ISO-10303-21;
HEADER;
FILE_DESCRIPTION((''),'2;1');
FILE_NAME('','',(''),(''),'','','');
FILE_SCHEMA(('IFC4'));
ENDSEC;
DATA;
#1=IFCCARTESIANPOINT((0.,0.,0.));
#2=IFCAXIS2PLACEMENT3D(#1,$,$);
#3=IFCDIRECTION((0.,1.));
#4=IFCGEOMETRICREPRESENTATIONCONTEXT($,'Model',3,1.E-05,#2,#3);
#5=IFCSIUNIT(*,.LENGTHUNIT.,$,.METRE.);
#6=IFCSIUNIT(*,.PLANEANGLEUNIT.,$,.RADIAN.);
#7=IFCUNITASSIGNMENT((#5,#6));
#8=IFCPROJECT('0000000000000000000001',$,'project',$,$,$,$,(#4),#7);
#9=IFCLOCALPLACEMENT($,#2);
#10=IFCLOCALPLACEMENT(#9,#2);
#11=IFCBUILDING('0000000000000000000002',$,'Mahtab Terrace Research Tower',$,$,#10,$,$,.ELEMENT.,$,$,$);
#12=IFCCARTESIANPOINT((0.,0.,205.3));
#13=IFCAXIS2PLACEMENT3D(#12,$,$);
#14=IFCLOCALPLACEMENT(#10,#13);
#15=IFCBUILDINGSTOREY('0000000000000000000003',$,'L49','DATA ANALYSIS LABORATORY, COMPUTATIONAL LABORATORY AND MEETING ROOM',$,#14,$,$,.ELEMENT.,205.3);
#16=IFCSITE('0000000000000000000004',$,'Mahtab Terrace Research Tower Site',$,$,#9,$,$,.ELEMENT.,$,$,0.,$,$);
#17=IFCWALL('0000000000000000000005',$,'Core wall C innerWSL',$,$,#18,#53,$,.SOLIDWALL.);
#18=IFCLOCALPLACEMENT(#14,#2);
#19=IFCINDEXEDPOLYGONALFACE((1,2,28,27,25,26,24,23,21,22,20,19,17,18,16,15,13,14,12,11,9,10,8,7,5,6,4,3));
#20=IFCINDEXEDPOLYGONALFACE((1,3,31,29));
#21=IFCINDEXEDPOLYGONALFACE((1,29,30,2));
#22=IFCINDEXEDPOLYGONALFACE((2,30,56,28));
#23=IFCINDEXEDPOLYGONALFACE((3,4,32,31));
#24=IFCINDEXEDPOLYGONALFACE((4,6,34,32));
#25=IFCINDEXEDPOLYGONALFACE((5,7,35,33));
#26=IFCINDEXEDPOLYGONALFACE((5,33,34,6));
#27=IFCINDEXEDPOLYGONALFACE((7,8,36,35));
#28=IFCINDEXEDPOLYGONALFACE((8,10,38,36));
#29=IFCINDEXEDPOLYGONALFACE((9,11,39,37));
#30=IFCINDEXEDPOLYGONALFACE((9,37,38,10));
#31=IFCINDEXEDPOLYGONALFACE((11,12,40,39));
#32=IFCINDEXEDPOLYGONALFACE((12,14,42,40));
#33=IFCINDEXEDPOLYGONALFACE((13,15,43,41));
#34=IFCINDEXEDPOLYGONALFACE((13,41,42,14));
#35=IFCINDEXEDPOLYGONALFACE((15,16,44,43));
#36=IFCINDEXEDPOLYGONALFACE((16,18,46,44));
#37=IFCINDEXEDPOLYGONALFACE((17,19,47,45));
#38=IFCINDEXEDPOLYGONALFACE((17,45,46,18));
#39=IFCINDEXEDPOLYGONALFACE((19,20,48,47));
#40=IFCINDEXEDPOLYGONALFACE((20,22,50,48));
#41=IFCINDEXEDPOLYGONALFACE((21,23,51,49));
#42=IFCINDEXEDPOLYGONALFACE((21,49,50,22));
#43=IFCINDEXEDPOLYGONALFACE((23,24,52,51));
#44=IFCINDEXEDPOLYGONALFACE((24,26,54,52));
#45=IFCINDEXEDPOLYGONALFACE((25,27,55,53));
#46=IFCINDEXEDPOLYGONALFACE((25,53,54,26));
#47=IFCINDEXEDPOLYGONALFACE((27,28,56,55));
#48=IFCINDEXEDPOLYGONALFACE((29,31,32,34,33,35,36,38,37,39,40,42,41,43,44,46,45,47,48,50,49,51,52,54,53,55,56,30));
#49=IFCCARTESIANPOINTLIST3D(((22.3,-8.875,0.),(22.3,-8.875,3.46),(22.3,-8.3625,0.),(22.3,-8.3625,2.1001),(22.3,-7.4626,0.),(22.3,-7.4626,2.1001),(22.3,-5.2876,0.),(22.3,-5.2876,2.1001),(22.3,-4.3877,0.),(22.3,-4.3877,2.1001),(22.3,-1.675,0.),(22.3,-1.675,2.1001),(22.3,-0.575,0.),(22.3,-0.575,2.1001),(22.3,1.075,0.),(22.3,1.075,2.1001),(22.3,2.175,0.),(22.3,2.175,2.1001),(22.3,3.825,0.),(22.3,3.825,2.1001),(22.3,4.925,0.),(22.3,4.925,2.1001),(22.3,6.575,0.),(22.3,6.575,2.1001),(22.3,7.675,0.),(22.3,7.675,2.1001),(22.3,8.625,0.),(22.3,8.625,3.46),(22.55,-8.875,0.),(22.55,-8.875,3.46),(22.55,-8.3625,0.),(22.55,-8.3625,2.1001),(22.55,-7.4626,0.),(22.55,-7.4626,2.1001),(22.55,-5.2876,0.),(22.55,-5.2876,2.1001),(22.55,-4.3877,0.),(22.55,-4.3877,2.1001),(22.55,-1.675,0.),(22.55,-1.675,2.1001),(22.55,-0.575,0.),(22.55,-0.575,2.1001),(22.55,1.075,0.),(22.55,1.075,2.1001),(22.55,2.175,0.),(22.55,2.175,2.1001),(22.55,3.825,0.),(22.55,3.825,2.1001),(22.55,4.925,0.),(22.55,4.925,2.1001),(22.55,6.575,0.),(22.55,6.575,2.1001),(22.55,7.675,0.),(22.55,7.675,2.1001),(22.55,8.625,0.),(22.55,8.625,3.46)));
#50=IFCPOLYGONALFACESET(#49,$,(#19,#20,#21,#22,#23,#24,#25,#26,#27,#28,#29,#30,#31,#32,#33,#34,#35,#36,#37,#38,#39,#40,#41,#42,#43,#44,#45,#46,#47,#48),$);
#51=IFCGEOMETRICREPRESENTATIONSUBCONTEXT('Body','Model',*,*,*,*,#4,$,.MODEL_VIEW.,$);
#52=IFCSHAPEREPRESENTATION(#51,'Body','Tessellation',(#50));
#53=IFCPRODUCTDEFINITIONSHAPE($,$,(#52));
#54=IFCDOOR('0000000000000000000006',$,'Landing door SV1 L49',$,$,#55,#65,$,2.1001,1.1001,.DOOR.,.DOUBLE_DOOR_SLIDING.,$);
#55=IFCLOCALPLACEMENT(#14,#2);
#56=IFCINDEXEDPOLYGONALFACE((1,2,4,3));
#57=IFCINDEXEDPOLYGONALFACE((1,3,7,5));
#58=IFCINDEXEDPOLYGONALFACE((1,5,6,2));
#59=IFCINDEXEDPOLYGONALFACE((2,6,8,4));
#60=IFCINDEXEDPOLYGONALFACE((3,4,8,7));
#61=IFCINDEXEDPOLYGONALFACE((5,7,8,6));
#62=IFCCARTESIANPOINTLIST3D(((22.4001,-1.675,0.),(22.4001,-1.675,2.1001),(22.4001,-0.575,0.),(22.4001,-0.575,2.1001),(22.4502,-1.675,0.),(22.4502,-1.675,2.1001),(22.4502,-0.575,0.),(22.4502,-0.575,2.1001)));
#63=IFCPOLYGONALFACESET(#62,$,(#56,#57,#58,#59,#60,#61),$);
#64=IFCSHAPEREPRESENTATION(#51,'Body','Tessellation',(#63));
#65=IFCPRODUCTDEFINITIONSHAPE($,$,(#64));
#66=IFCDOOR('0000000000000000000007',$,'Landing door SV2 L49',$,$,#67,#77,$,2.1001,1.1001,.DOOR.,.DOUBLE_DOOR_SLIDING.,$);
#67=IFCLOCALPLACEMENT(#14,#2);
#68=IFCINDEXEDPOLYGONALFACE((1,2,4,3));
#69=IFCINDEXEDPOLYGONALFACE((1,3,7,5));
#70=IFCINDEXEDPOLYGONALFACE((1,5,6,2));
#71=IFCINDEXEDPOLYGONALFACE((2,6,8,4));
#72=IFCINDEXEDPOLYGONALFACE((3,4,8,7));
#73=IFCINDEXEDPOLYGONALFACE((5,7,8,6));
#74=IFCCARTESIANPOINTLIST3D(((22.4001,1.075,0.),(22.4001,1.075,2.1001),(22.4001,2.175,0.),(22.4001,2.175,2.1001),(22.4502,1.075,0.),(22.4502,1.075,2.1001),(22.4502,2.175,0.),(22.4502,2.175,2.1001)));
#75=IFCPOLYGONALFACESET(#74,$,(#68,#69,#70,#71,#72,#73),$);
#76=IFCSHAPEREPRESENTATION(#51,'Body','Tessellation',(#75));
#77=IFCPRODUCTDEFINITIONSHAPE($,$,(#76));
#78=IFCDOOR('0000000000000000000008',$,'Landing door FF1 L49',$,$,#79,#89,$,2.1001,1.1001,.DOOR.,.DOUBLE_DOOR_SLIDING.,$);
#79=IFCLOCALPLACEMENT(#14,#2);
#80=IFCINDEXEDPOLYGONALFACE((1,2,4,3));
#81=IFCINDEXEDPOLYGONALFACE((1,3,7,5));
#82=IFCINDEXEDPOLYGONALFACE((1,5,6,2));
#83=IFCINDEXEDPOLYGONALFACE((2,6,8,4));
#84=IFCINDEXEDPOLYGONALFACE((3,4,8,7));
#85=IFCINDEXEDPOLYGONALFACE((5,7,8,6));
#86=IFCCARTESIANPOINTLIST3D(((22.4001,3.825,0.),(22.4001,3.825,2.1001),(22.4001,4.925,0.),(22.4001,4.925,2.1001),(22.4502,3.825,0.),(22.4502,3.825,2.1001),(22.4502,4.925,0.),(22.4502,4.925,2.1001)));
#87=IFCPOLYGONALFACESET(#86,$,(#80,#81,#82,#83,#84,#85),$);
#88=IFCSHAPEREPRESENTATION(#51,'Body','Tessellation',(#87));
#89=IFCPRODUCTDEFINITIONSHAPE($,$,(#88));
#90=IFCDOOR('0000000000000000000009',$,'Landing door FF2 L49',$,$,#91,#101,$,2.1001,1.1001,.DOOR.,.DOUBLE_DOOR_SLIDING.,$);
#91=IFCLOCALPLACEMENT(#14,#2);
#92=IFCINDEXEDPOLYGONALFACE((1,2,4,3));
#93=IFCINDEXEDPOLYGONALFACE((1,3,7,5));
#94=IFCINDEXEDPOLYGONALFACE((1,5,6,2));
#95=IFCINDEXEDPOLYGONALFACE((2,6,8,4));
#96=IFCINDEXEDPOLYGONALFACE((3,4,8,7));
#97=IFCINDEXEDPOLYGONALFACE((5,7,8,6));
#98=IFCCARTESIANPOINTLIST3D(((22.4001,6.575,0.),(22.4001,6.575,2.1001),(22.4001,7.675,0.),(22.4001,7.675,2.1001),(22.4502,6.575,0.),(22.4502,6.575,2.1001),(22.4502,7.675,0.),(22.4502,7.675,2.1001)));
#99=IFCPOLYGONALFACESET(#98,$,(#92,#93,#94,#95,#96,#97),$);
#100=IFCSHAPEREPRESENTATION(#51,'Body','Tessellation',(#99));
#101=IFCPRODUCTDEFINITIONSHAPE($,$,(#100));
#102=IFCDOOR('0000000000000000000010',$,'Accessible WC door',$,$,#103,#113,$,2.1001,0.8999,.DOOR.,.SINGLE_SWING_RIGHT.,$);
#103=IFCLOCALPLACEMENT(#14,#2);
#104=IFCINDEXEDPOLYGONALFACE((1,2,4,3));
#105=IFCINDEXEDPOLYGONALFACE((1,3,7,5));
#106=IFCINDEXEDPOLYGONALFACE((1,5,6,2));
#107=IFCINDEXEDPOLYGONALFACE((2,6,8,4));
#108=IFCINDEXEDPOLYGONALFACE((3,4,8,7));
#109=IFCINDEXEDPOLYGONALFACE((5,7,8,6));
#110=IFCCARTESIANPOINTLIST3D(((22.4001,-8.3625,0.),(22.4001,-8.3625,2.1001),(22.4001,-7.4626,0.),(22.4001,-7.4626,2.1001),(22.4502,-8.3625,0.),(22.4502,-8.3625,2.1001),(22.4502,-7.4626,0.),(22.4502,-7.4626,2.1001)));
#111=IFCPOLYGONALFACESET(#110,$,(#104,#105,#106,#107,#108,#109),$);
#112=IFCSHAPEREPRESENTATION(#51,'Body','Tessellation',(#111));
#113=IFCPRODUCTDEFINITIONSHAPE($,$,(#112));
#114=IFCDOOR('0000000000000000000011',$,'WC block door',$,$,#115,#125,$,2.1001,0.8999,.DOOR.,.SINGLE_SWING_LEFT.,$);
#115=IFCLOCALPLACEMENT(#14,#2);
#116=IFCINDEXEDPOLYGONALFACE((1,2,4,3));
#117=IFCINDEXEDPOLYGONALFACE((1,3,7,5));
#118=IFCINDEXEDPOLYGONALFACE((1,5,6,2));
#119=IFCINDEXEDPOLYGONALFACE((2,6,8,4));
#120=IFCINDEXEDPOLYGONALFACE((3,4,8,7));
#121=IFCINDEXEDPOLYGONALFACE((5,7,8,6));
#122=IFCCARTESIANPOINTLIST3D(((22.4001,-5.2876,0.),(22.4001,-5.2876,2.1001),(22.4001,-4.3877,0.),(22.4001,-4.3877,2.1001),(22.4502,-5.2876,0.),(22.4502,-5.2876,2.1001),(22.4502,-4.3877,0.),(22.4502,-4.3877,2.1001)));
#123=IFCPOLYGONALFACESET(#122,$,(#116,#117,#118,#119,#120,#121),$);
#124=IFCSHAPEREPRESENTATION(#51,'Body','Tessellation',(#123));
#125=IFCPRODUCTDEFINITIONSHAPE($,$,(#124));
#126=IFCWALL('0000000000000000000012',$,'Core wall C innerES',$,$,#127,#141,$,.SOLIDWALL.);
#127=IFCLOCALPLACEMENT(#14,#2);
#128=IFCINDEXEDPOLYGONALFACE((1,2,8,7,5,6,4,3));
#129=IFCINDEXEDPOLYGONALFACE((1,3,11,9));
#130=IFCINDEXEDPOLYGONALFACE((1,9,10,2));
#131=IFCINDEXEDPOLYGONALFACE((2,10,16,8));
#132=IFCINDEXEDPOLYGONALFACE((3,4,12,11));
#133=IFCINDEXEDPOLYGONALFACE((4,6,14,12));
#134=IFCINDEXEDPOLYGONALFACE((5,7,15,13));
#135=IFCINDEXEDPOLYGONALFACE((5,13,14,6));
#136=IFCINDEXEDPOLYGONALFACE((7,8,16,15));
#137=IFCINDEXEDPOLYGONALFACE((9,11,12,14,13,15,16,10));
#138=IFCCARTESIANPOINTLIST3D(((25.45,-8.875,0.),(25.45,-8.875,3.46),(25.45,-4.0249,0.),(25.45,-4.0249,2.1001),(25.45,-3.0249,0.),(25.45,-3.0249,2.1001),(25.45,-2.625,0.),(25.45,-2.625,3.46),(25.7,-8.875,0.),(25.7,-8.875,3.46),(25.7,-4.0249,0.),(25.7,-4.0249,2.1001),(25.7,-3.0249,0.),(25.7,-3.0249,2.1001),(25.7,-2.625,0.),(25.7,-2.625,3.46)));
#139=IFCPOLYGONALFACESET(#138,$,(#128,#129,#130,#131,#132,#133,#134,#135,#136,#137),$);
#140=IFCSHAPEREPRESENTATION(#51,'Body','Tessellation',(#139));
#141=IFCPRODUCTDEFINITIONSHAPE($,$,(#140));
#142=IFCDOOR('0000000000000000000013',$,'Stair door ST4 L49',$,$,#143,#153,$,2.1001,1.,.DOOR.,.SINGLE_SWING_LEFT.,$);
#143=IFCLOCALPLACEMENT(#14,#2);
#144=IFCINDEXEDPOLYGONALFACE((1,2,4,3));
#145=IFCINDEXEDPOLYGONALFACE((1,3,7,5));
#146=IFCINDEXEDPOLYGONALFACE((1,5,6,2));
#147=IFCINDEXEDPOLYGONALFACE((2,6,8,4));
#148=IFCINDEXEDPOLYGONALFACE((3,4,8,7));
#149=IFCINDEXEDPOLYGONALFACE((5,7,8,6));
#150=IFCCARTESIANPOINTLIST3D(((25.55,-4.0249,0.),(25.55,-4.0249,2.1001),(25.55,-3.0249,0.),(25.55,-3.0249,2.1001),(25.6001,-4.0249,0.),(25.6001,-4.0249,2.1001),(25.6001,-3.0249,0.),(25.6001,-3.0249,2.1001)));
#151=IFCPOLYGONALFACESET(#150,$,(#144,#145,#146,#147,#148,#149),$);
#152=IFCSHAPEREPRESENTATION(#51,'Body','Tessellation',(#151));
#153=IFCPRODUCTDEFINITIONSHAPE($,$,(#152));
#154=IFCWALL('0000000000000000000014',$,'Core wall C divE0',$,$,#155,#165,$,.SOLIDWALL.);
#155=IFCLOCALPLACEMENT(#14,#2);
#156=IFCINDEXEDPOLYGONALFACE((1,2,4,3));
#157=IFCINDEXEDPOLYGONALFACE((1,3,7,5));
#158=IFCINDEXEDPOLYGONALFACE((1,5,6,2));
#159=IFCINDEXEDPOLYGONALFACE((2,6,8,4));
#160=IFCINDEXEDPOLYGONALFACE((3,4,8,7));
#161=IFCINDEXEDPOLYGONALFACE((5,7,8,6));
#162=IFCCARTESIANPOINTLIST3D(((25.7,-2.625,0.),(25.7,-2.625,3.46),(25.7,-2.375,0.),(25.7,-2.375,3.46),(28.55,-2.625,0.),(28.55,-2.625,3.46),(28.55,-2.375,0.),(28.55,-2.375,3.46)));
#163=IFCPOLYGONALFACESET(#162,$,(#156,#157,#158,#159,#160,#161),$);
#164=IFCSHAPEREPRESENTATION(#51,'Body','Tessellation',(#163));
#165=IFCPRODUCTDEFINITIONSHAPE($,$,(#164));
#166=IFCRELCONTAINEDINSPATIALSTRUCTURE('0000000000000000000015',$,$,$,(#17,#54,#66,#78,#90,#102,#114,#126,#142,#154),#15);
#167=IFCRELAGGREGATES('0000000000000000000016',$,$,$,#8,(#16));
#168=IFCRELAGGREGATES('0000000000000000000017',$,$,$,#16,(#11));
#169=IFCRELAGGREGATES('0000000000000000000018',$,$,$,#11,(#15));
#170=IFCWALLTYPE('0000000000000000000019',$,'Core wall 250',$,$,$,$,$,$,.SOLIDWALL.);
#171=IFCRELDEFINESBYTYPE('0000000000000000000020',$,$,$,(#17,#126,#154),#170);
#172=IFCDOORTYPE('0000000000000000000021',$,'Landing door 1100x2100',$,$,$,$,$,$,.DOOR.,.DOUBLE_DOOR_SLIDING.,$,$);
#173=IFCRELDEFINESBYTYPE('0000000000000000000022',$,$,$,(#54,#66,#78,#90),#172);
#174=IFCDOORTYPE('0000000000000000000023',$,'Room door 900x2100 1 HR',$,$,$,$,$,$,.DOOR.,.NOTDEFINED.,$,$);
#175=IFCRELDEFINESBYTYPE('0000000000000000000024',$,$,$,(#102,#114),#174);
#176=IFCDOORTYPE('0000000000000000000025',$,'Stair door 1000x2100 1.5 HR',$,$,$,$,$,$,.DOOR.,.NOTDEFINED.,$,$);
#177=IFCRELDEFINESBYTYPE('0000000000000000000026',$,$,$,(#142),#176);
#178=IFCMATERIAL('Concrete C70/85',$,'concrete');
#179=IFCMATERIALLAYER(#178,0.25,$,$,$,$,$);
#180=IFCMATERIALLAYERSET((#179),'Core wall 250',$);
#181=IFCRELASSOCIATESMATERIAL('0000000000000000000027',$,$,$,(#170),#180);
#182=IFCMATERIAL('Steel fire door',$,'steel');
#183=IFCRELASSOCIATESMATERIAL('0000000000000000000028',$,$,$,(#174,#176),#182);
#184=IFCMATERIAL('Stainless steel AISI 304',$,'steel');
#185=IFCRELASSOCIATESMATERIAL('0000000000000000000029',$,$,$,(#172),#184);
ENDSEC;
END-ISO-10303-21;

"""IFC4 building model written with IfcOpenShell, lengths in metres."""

from ifc_helpers import new_model, si_unit, direction, frame, frame_2d, origin, place, context, subcontext, project, spatial, rectangle, extrude, material, layer, layer_set, type_object, element, fill, save


model = new_model("IFC4")

# Units and contexts
model_context = context("Model", 3, precision=1e-05, world=origin(), true_north=direction((0.0, 1.0)))
body_context = subcontext(model_context, "Body", "Model", "MODEL_VIEW")
ifc_project = project(units=[si_unit("LENGTHUNIT", "METRE"), si_unit("PLANEANGLEUNIT", "RADIAN")], contexts=[model_context])

# Site, building, storey
site_placement = place(None, origin())
site = spatial("IfcSite", under=ifc_project, at=site_placement, Name="Mahtab Terrace Research Tower Site", CompositionType="ELEMENT", RefElevation=0.0)
building_placement = place(site_placement, origin())
building = spatial("IfcBuilding", under=site, at=building_placement, Name="Mahtab Terrace Research Tower", CompositionType="ELEMENT")
storey_placement = place(building_placement, frame((0.0, 0.0, 205.3)))
storey = spatial("IfcBuildingStorey", under=building, at=storey_placement, Name="L49", Description="DATA ANALYSIS LABORATORY, COMPUTATIONAL LABORATORY AND MEETING ROOM", CompositionType="ELEMENT", Elevation=205.3)

# Shared definitions
ifc_material_1 = material(Name="Concrete C70/85", Category="concrete")
ifc_layer = layer(ifc_material_1, 0.25)
ifc_layer_set = layer_set([ifc_layer], Name="Core wall 250")
wall_type = type_object("IfcWallType", Name="Core wall 250", PredefinedType="SOLIDWALL", material=ifc_layer_set)
ifc_material_2 = material(Name="Steel fire door", Category="steel")
door_type_1 = type_object("IfcDoorType", Name="Room door 900x2100 1 HR", OperationType="NOTDEFINED", PredefinedType="DOOR", material=ifc_material_2)

# Wall, openings, doors
wall_1_placement = place(storey_placement, frame((22.425, -8.875, 0.0), z_axis=(0.0, 0.0, 1.0), x_axis=(0.0, 1.0, 0.0)))
wall_1 = element("IfcWall", 1, at=wall_1_placement, inside=storey, type_object=wall_type, Name="Core wall C innerWSL", PredefinedType="SOLIDWALL", context=body_context, shape_type="SweptSolid", body=[
    extrude(rectangle(XDim=17.5, YDim=0.25, at=frame_2d((8.75, 0.0))), origin(), (0.0, 0.0, 1.0), 3.46),
])
opening_1_placement = place(wall_1_placement, frame((7.2, 0.0, 0.0)))
opening_1 = element("IfcOpeningElement", 2, at=opening_1_placement, cuts=wall_1, PredefinedType="OPENING", context=body_context, shape_type="SweptSolid", body=[
    extrude(rectangle(XDim=1.1001, YDim=2.1001, at=frame_2d((0.55, 1.05))), frame((0.0, 0.135, 0.0), z_axis=(0.0, -1.0, 0.0), x_axis=(1.0, 0.0, 0.0)), (0.0, 0.0, 1.0), 0.27),
])
opening_2_placement = place(wall_1_placement, frame((9.95, 0.0, 0.0)))
opening_2 = element("IfcOpeningElement", 3, at=opening_2_placement, cuts=wall_1, PredefinedType="OPENING", context=body_context, shape_type="SweptSolid", body=[
    extrude(rectangle(XDim=1.1001, YDim=2.1001, at=frame_2d((0.55, 1.05))), frame((0.0, 0.135, 0.0), z_axis=(0.0, -1.0, 0.0), x_axis=(1.0, 0.0, 0.0)), (0.0, 0.0, 1.0), 0.27),
])
opening_3_placement = place(wall_1_placement, frame((12.7, 0.0, 0.0)))
opening_3 = element("IfcOpeningElement", 4, at=opening_3_placement, cuts=wall_1, PredefinedType="OPENING", context=body_context, shape_type="SweptSolid", body=[
    extrude(rectangle(XDim=1.1001, YDim=2.1001, at=frame_2d((0.55, 1.05))), frame((0.0, 0.135, 0.0), z_axis=(0.0, -1.0, 0.0), x_axis=(1.0, 0.0, 0.0)), (0.0, 0.0, 1.0), 0.27),
])
opening_4_placement = place(wall_1_placement, frame((15.45, 0.0, 0.0)))
opening_4 = element("IfcOpeningElement", 5, at=opening_4_placement, cuts=wall_1, PredefinedType="OPENING", context=body_context, shape_type="SweptSolid", body=[
    extrude(rectangle(XDim=1.1001, YDim=2.1001, at=frame_2d((0.55, 1.05))), frame((0.0, 0.135, 0.0), z_axis=(0.0, -1.0, 0.0), x_axis=(1.0, 0.0, 0.0)), (0.0, 0.0, 1.0), 0.27),
])
opening_5_placement = place(wall_1_placement, frame((0.5125, 0.0, 0.0)))
opening_5 = element("IfcOpeningElement", 6, at=opening_5_placement, cuts=wall_1, PredefinedType="OPENING", context=body_context, shape_type="SweptSolid", body=[
    extrude(rectangle(XDim=0.8999, YDim=2.1001, at=frame_2d((0.45, 1.05))), frame((0.0, 0.135, 0.0), z_axis=(0.0, -1.0, 0.0), x_axis=(1.0, 0.0, 0.0)), (0.0, 0.0, 1.0), 0.27),
])
opening_6_placement = place(wall_1_placement, frame((3.5874, 0.0, 0.0)))
opening_6 = element("IfcOpeningElement", 7, at=opening_6_placement, cuts=wall_1, PredefinedType="OPENING", context=body_context, shape_type="SweptSolid", body=[
    extrude(rectangle(XDim=0.8999, YDim=2.1001, at=frame_2d((0.45, 1.05))), frame((0.0, 0.135, 0.0), z_axis=(0.0, -1.0, 0.0), x_axis=(1.0, 0.0, 0.0)), (0.0, 0.0, 1.0), 0.27),
])
ifc_material_3 = material(Name="Stainless steel AISI 304", Category="steel")
door_type_2 = type_object("IfcDoorType", Name="Landing door 1100x2100", OperationType="DOUBLE_DOOR_SLIDING", PredefinedType="DOOR", material=ifc_material_3)
door_1_placement = place(opening_1_placement, origin())
door_1 = element("IfcDoor", 8, at=door_1_placement, inside=storey, type_object=door_type_2, Name="Landing door SV1 L49", OperationType="DOUBLE_DOOR_SLIDING", OverallHeight=2.1001, OverallWidth=1.1001, PredefinedType="DOOR", context=body_context, shape_type="SweptSolid", body=[
    extrude(rectangle(XDim=1.1001, YDim=2.1001, at=frame_2d((0.55, 1.05))), frame((0.0, 0.0249, 0.0), z_axis=(0.0, -1.0, 0.0), x_axis=(1.0, 0.0, 0.0)), (0.0, 0.0, 1.0), 0.05),
])
fill(opening_1, door_1)
door_2_placement = place(opening_2_placement, origin())
door_2 = element("IfcDoor", 9, at=door_2_placement, inside=storey, type_object=door_type_2, Name="Landing door SV2 L49", OperationType="DOUBLE_DOOR_SLIDING", OverallHeight=2.1001, OverallWidth=1.1001, PredefinedType="DOOR", context=body_context, shape_type="SweptSolid", body=[
    extrude(rectangle(XDim=1.1001, YDim=2.1001, at=frame_2d((0.55, 1.05))), frame((0.0, 0.0249, 0.0), z_axis=(0.0, -1.0, 0.0), x_axis=(1.0, 0.0, 0.0)), (0.0, 0.0, 1.0), 0.05),
])
fill(opening_2, door_2)
door_3_placement = place(opening_3_placement, origin())
door_3 = element("IfcDoor", 10, at=door_3_placement, inside=storey, type_object=door_type_2, Name="Landing door FF1 L49", OperationType="DOUBLE_DOOR_SLIDING", OverallHeight=2.1001, OverallWidth=1.1001, PredefinedType="DOOR", context=body_context, shape_type="SweptSolid", body=[
    extrude(rectangle(XDim=1.1001, YDim=2.1001, at=frame_2d((0.55, 1.05))), frame((0.0, 0.0249, 0.0), z_axis=(0.0, -1.0, 0.0), x_axis=(1.0, 0.0, 0.0)), (0.0, 0.0, 1.0), 0.05),
])
fill(opening_3, door_3)
door_4_placement = place(opening_4_placement, origin())
door_4 = element("IfcDoor", 11, at=door_4_placement, inside=storey, type_object=door_type_2, Name="Landing door FF2 L49", OperationType="DOUBLE_DOOR_SLIDING", OverallHeight=2.1001, OverallWidth=1.1001, PredefinedType="DOOR", context=body_context, shape_type="SweptSolid", body=[
    extrude(rectangle(XDim=1.1001, YDim=2.1001, at=frame_2d((0.55, 1.05))), frame((0.0, 0.0249, 0.0), z_axis=(0.0, -1.0, 0.0), x_axis=(1.0, 0.0, 0.0)), (0.0, 0.0, 1.0), 0.05),
])
fill(opening_4, door_4)
door_5_placement = place(opening_5_placement, origin())
door_5 = element("IfcDoor", 12, at=door_5_placement, inside=storey, type_object=door_type_1, Name="Accessible WC door", OperationType="SINGLE_SWING_RIGHT", OverallHeight=2.1001, OverallWidth=0.8999, PredefinedType="DOOR", context=body_context, shape_type="SweptSolid", body=[
    extrude(rectangle(XDim=0.8999, YDim=2.1001, at=frame_2d((0.45, 1.05))), frame((0.0, 0.0249, 0.0), z_axis=(0.0, -1.0, 0.0), x_axis=(1.0, 0.0, 0.0)), (0.0, 0.0, 1.0), 0.05),
])
fill(opening_5, door_5)
door_6_placement = place(opening_6_placement, origin())
door_6 = element("IfcDoor", 13, at=door_6_placement, inside=storey, type_object=door_type_1, Name="WC block door", OperationType="SINGLE_SWING_LEFT", OverallHeight=2.1001, OverallWidth=0.8999, PredefinedType="DOOR", context=body_context, shape_type="SweptSolid", body=[
    extrude(rectangle(XDim=0.8999, YDim=2.1001, at=frame_2d((0.45, 1.05))), frame((0.0, 0.0249, 0.0), z_axis=(0.0, -1.0, 0.0), x_axis=(1.0, 0.0, 0.0)), (0.0, 0.0, 1.0), 0.05),
])
fill(opening_6, door_6)

# Wall, opening, door
wall_2_placement = place(storey_placement, frame((25.575, -8.875, 0.0), z_axis=(0.0, 0.0, 1.0), x_axis=(0.0, 1.0, 0.0)))
wall_2 = element("IfcWall", 14, at=wall_2_placement, inside=storey, type_object=wall_type, Name="Core wall C innerES", PredefinedType="SOLIDWALL", context=body_context, shape_type="SweptSolid", body=[
    extrude(rectangle(XDim=6.25, YDim=0.25, at=frame_2d((3.125, 0.0))), origin(), (0.0, 0.0, 1.0), 3.46),
])
opening_7_placement = place(wall_2_placement, frame((4.8501, 0.0, 0.0)))
opening_7 = element("IfcOpeningElement", 15, at=opening_7_placement, cuts=wall_2, PredefinedType="OPENING", context=body_context, shape_type="SweptSolid", body=[
    extrude(rectangle(XDim=1.0, YDim=2.1001, at=frame_2d((0.5, 1.05))), frame((0.0, 0.135, 0.0), z_axis=(0.0, -1.0, 0.0), x_axis=(1.0, 0.0, 0.0)), (0.0, 0.0, 1.0), 0.27),
])
door_type_3 = type_object("IfcDoorType", Name="Stair door 1000x2100 1.5 HR", OperationType="NOTDEFINED", PredefinedType="DOOR", material=ifc_material_2)
door_7_placement = place(opening_7_placement, origin())
door_7 = element("IfcDoor", 16, at=door_7_placement, inside=storey, type_object=door_type_3, Name="Stair door ST4 L49", OperationType="SINGLE_SWING_LEFT", OverallHeight=2.1001, OverallWidth=1.0, PredefinedType="DOOR", context=body_context, shape_type="SweptSolid", body=[
    extrude(rectangle(XDim=1.0, YDim=2.1001, at=frame_2d((0.5, 1.05))), frame((0.0, 0.0249, 0.0), z_axis=(0.0, -1.0, 0.0), x_axis=(1.0, 0.0, 0.0)), (0.0, 0.0, 1.0), 0.05),
])
fill(opening_7, door_7)

# Wall
wall_3_placement = place(storey_placement, frame((25.7, -2.5, 0.0), z_axis=(0.0, 0.0, 1.0), x_axis=(1.0, 0.0, 0.0)))
element("IfcWall", 17, at=wall_3_placement, inside=storey, type_object=wall_type, Name="Core wall C divE0", PredefinedType="SOLIDWALL", context=body_context, shape_type="SweptSolid", body=[
    extrude(rectangle(XDim=2.8501, YDim=0.25, at=frame_2d((1.425, 0.0))), origin(), (0.0, 0.0, 1.0), 3.46),
])

save(model, "model.ifc")
